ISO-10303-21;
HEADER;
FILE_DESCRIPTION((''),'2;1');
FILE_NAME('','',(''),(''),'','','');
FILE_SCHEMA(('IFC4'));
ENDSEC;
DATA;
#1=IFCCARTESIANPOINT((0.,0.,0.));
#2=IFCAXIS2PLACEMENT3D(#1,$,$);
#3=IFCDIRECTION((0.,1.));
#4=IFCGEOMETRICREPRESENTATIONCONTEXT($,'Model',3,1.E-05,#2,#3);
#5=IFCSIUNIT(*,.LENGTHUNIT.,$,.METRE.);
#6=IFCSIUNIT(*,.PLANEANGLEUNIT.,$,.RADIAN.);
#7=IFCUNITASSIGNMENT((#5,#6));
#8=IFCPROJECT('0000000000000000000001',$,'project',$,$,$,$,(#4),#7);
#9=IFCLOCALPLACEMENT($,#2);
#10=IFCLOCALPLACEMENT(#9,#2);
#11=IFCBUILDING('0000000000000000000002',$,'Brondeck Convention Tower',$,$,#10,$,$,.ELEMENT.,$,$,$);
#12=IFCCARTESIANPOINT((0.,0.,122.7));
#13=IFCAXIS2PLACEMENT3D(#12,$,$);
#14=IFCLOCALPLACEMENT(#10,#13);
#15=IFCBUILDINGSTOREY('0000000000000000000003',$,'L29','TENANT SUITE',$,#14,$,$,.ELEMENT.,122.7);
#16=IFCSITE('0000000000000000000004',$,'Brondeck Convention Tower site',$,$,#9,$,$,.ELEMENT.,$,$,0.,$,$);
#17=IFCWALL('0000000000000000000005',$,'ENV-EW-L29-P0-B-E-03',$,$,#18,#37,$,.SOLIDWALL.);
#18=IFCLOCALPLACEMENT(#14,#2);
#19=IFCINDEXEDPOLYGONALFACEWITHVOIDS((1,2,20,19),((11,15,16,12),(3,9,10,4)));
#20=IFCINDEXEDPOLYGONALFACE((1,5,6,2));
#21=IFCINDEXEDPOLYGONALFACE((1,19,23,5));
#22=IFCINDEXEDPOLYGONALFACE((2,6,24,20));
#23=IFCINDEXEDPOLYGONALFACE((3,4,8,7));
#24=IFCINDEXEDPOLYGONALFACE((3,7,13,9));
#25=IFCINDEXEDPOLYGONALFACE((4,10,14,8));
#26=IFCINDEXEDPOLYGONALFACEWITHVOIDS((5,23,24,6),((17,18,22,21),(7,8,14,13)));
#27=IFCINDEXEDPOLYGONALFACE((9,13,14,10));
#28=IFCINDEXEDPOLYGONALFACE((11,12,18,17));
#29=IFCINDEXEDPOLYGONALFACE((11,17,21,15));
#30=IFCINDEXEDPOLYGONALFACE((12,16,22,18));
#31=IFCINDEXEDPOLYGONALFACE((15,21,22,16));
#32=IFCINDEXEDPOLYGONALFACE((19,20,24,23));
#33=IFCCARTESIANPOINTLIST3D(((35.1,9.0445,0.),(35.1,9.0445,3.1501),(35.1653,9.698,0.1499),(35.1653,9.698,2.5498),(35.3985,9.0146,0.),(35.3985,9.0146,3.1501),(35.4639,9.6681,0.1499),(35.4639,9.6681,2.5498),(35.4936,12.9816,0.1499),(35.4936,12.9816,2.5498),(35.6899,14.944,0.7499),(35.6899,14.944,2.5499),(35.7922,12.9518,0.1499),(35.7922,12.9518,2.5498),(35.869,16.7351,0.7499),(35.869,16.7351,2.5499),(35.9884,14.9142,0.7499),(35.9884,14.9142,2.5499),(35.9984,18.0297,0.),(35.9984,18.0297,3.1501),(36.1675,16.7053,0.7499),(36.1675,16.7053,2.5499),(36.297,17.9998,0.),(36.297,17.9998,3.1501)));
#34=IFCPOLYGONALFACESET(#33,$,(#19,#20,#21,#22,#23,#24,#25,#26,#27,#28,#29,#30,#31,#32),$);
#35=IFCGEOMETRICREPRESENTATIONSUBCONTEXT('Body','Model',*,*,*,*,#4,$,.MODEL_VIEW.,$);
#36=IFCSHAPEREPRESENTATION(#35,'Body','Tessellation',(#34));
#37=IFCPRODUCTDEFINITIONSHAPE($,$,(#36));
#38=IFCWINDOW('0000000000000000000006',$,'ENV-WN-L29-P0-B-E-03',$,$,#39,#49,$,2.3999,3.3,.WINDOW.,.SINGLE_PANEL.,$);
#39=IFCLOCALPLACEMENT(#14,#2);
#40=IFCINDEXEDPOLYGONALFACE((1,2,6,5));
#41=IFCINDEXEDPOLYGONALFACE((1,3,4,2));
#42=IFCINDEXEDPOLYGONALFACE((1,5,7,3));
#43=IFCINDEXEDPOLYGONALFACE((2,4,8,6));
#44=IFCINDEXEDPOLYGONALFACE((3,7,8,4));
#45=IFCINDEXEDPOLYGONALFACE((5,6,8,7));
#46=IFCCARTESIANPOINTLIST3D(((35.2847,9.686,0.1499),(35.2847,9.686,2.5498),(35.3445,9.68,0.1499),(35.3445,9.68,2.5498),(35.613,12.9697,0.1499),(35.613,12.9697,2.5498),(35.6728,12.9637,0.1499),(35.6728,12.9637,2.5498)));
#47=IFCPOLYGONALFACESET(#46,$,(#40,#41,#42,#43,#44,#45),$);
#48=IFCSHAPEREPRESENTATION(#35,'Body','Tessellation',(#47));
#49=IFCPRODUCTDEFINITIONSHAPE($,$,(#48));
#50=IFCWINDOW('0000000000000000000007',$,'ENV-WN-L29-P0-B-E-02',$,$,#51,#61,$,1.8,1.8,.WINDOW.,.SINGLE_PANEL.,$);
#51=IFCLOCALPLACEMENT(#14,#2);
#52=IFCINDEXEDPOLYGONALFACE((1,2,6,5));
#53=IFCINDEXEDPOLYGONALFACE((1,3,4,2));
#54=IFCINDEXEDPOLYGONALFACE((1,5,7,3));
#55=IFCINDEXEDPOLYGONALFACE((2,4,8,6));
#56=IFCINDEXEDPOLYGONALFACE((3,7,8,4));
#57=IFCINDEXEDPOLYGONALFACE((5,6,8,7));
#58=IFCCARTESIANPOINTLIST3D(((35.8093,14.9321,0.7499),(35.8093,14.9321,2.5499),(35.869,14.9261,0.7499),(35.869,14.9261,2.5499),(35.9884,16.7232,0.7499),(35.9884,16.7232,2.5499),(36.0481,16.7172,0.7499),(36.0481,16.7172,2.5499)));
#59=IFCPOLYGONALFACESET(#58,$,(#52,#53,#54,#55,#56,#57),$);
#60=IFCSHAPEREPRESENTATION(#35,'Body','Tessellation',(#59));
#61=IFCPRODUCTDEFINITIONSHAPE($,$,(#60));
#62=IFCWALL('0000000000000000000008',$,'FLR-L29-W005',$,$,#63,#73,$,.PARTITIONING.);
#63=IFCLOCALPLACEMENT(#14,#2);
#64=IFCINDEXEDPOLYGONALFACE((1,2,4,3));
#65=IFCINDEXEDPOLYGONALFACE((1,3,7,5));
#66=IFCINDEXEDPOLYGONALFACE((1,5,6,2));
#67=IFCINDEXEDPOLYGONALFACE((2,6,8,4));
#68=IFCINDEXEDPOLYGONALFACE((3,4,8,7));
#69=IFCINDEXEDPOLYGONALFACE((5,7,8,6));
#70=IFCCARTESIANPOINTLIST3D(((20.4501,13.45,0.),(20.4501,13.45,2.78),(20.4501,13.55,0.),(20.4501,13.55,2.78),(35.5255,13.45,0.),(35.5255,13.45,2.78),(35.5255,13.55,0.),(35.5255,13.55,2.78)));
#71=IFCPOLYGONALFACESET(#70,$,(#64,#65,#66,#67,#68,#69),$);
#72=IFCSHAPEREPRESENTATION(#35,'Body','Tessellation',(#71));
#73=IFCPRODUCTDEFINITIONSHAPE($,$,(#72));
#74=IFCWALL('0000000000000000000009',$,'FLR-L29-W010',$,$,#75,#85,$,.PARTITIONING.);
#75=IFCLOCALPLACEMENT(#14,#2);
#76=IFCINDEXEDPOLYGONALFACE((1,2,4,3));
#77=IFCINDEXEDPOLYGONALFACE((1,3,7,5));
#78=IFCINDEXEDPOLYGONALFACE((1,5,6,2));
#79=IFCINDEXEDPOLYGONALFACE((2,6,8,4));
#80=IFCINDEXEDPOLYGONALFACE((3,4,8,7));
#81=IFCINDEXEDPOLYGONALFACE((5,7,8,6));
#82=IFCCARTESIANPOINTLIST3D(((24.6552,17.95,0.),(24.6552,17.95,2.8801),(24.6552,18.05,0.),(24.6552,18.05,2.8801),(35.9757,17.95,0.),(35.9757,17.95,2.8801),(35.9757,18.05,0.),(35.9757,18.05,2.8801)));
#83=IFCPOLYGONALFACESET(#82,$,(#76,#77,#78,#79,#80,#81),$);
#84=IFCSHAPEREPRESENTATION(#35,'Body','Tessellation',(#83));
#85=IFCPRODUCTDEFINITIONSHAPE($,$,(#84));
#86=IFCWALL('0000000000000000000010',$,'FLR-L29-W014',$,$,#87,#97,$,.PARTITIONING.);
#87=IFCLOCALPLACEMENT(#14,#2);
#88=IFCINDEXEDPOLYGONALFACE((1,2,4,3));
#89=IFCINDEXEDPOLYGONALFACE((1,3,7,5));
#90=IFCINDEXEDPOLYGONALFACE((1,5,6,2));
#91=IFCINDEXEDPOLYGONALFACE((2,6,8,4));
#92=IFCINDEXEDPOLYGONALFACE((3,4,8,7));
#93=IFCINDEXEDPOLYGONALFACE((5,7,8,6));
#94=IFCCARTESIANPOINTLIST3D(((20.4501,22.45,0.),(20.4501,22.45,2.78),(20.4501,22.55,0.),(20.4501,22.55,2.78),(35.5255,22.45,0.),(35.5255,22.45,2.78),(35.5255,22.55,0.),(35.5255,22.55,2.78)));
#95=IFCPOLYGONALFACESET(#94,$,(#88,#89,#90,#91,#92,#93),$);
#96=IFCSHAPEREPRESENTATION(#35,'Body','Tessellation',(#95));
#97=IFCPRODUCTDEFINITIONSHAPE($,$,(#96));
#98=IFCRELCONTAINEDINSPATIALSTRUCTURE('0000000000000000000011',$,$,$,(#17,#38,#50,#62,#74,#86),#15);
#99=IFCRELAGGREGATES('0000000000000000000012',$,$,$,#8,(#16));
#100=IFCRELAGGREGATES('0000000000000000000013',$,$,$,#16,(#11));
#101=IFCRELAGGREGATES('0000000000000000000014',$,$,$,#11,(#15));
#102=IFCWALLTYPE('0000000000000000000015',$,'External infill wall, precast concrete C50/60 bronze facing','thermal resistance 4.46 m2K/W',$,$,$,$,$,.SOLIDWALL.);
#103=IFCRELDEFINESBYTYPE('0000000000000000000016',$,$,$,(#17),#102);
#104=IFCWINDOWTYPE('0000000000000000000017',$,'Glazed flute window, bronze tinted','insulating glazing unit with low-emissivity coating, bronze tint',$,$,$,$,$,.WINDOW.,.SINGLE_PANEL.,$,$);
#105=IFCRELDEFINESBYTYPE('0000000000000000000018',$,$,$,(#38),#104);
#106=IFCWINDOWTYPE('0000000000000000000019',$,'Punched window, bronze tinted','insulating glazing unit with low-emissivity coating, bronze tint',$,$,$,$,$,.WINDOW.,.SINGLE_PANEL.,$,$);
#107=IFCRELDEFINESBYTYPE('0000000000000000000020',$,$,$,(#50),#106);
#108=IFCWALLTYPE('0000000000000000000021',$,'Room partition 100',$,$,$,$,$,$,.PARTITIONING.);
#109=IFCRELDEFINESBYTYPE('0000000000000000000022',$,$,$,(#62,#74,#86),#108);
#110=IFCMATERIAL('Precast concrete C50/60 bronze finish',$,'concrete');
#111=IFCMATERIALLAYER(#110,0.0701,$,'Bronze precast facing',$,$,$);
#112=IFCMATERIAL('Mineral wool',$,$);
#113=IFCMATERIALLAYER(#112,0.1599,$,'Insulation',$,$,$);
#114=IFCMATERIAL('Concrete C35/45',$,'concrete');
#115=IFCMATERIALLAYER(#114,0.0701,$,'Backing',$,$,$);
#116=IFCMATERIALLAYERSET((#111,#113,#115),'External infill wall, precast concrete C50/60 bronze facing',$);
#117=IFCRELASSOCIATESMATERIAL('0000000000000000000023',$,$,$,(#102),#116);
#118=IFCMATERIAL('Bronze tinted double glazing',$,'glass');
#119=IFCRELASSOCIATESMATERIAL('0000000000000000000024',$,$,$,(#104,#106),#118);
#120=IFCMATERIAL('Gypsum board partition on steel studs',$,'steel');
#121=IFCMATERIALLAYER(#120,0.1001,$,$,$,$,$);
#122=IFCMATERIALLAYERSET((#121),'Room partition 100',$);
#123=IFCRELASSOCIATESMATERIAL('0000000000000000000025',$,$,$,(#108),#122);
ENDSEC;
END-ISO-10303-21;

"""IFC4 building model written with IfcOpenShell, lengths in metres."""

from ifc_helpers import new_model, si_unit, direction, frame, frame_2d, origin, place, context, subcontext, project, spatial, rectangle, extrude, material, layer, layer_set, type_object, element, fill, save


model = new_model("IFC4")

# Units and contexts
model_context = context("Model", 3, precision=1e-05, world=origin(), true_north=direction((0.0, 1.0)))
body_context = subcontext(model_context, "Body", "Model", "MODEL_VIEW")
ifc_project = project(units=[si_unit("LENGTHUNIT", "METRE"), si_unit("PLANEANGLEUNIT", "RADIAN")], contexts=[model_context])

# Site, building, storey
site_placement = place(None, origin())
site = spatial("IfcSite", under=ifc_project, at=site_placement, Name="Brondeck Convention Tower site", CompositionType="ELEMENT", RefElevation=0.0)
building_placement = place(site_placement, origin())
building = spatial("IfcBuilding", under=site, at=building_placement, Name="Brondeck Convention Tower", CompositionType="ELEMENT")
storey_placement = place(building_placement, frame((0.0, 0.0, 122.7)))
storey = spatial("IfcBuildingStorey", under=building, at=storey_placement, Name="L29", Description="TENANT SUITE", CompositionType="ELEMENT", Elevation=122.7)

# Shared definitions
ifc_material_1 = material(Name="Precast concrete C50/60 bronze finish", Category="concrete")
ifc_layer_1 = layer(ifc_material_1, 0.0701, Name="Bronze precast facing")
ifc_material_2 = material(Name="Mineral wool")
ifc_layer_2 = layer(ifc_material_2, 0.1599, Name="Insulation")
ifc_material_3 = material(Name="Concrete C35/45", Category="concrete")
ifc_layer_3 = layer(ifc_material_3, 0.0701, Name="Backing")
ifc_layer_set_1 = layer_set([ifc_layer_1, ifc_layer_2, ifc_layer_3], Name="External infill wall, precast concrete C50/60 bronze facing")
wall_type_1 = type_object("IfcWallType", Name="External infill wall, precast concrete C50/60 bronze facing", Description="thermal resistance 4.46 m2K/W", PredefinedType="SOLIDWALL", material=ifc_layer_set_1)
ifc_material_4 = material(Name="Bronze tinted double glazing", Category="glass")
window_type_1 = type_object("IfcWindowType", Name="Glazed flute window, bronze tinted", Description="insulating glazing unit with low-emissivity coating, bronze tint", PartitioningType="SINGLE_PANEL", PredefinedType="WINDOW", material=ifc_material_4)

# Wall, openings, windows
wall_1_placement = place(storey_placement, frame((36.1477, 18.0149, 0.0), z_axis=(0.0, 0.0, 1.0), x_axis=(-0.099496, -0.995038, 0.0)))
wall_1 = element("IfcWall", 1, at=wall_1_placement, inside=storey, type_object=wall_type_1, Name="ENV-EW-L29-P0-B-E-03", PredefinedType="SOLIDWALL", context=body_context, shape_type="SweptSolid", body=[
    extrude(rectangle(XDim=9.03, YDim=0.3, at=frame_2d((4.5151, 0.0))), origin(), (0.0, 0.0, 1.0), 3.1501),
])
opening_1_placement = place(wall_1_placement, frame((1.3013, 0.0, 0.75)))
opening_1 = element("IfcOpeningElement", 2, at=opening_1_placement, cuts=wall_1, PredefinedType="OPENING", context=body_context, shape_type="SweptSolid", body=[
    extrude(rectangle(XDim=1.8, YDim=1.8, at=frame_2d((0.8999, 0.8999))), frame((0.0, 0.1599, 0.0), z_axis=(0.0, -1.0, 0.0), x_axis=(1.0, 0.0, 0.0)), (0.0, 0.0, 1.0), 0.3201),
])
opening_2_placement = place(wall_1_placement, frame((5.0735, 0.0, 0.1499)))
opening_2 = element("IfcOpeningElement", 3, at=opening_2_placement, cuts=wall_1, PredefinedType="OPENING", context=body_context, shape_type="SweptSolid", body=[
    extrude(rectangle(XDim=3.3, YDim=2.3999, at=frame_2d((1.6499, 1.2))), frame((0.0, 0.1599, 0.0), z_axis=(0.0, -1.0, 0.0), x_axis=(1.0, 0.0, 0.0)), (0.0, 0.0, 1.0), 0.3201),
])
window_1_placement = place(opening_2_placement, origin())
window_1 = element("IfcWindow", 4, at=window_1_placement, inside=storey, type_object=window_type_1, Name="ENV-WN-L29-P0-B-E-03", OverallHeight=2.3999, OverallWidth=3.3, PartitioningType="SINGLE_PANEL", PredefinedType="WINDOW", context=body_context, shape_type="SweptSolid", body=[
    extrude(rectangle(XDim=3.3, YDim=2.3999, at=frame_2d((1.6499, 1.2))), frame((0.0, 0.03, 0.0), z_axis=(0.0, -1.0, 0.0), x_axis=(1.0, 0.0, 0.0)), (0.0, 0.0, 1.0), 0.0601),
])
fill(opening_2, window_1)
window_type_2 = type_object("IfcWindowType", Name="Punched window, bronze tinted", Description="insulating glazing unit with low-emissivity coating, bronze tint", PartitioningType="SINGLE_PANEL", PredefinedType="WINDOW", material=ifc_material_4)
window_2_placement = place(opening_1_placement, origin())
window_2 = element("IfcWindow", 5, at=window_2_placement, inside=storey, type_object=window_type_2, Name="ENV-WN-L29-P0-B-E-02", OverallHeight=1.8, OverallWidth=1.8, PartitioningType="SINGLE_PANEL", PredefinedType="WINDOW", context=body_context, shape_type="SweptSolid", body=[
    extrude(rectangle(XDim=1.8, YDim=1.8, at=frame_2d((0.8999, 0.8999))), frame((0.0, 0.03, 0.0), z_axis=(0.0, -1.0, 0.0), x_axis=(1.0, 0.0, 0.0)), (0.0, 0.0, 1.0), 0.0601),
])
fill(opening_1, window_2)

# Walls
ifc_material_5 = material(Name="Gypsum board partition on steel studs", Category="steel")
ifc_layer_4 = layer(ifc_material_5, 0.1001)
ifc_layer_set_2 = layer_set([ifc_layer_4], Name="Room partition 100")
wall_type_2 = type_object("IfcWallType", Name="Room partition 100", PredefinedType="PARTITIONING", material=ifc_layer_set_2)
wall_2_placement = place(storey_placement, frame((35.5254, 13.5, 0.0), z_axis=(0.0, 0.0, 1.0), x_axis=(-1.0, 0.0, 0.0)))
element("IfcWall", 6, at=wall_2_placement, inside=storey, type_object=wall_type_2, Name="FLR-L29-W005", PredefinedType="PARTITIONING", context=body_context, shape_type="SweptSolid", body=[
    extrude(rectangle(XDim=15.0754, YDim=0.1001, at=frame_2d((7.5376, 0.0))), origin(), (0.0, 0.0, 1.0), 2.78),
])
wall_3_placement = place(storey_placement, frame((35.9756, 18.0, 0.0), z_axis=(0.0, 0.0, 1.0), x_axis=(-1.0, 0.0, 0.0)))
element("IfcWall", 7, at=wall_3_placement, inside=storey, type_object=wall_type_2, Name="FLR-L29-W010", PredefinedType="PARTITIONING", context=body_context, shape_type="SweptSolid", body=[
    extrude(rectangle(XDim=11.3206, YDim=0.1001, at=frame_2d((5.6602, 0.0))), origin(), (0.0, 0.0, 1.0), 2.8801),
])
wall_4_placement = place(storey_placement, frame((35.5254, 22.5, 0.0), z_axis=(0.0, 0.0, 1.0), x_axis=(-1.0, 0.0, 0.0)))
element("IfcWall", 8, at=wall_4_placement, inside=storey, type_object=wall_type_2, Name="FLR-L29-W014", PredefinedType="PARTITIONING", context=body_context, shape_type="SweptSolid", body=[
    extrude(rectangle(XDim=15.0754, YDim=0.1001, at=frame_2d((7.5376, 0.0))), origin(), (0.0, 0.0, 1.0), 2.78),
])

save(model, "model.ifc")
